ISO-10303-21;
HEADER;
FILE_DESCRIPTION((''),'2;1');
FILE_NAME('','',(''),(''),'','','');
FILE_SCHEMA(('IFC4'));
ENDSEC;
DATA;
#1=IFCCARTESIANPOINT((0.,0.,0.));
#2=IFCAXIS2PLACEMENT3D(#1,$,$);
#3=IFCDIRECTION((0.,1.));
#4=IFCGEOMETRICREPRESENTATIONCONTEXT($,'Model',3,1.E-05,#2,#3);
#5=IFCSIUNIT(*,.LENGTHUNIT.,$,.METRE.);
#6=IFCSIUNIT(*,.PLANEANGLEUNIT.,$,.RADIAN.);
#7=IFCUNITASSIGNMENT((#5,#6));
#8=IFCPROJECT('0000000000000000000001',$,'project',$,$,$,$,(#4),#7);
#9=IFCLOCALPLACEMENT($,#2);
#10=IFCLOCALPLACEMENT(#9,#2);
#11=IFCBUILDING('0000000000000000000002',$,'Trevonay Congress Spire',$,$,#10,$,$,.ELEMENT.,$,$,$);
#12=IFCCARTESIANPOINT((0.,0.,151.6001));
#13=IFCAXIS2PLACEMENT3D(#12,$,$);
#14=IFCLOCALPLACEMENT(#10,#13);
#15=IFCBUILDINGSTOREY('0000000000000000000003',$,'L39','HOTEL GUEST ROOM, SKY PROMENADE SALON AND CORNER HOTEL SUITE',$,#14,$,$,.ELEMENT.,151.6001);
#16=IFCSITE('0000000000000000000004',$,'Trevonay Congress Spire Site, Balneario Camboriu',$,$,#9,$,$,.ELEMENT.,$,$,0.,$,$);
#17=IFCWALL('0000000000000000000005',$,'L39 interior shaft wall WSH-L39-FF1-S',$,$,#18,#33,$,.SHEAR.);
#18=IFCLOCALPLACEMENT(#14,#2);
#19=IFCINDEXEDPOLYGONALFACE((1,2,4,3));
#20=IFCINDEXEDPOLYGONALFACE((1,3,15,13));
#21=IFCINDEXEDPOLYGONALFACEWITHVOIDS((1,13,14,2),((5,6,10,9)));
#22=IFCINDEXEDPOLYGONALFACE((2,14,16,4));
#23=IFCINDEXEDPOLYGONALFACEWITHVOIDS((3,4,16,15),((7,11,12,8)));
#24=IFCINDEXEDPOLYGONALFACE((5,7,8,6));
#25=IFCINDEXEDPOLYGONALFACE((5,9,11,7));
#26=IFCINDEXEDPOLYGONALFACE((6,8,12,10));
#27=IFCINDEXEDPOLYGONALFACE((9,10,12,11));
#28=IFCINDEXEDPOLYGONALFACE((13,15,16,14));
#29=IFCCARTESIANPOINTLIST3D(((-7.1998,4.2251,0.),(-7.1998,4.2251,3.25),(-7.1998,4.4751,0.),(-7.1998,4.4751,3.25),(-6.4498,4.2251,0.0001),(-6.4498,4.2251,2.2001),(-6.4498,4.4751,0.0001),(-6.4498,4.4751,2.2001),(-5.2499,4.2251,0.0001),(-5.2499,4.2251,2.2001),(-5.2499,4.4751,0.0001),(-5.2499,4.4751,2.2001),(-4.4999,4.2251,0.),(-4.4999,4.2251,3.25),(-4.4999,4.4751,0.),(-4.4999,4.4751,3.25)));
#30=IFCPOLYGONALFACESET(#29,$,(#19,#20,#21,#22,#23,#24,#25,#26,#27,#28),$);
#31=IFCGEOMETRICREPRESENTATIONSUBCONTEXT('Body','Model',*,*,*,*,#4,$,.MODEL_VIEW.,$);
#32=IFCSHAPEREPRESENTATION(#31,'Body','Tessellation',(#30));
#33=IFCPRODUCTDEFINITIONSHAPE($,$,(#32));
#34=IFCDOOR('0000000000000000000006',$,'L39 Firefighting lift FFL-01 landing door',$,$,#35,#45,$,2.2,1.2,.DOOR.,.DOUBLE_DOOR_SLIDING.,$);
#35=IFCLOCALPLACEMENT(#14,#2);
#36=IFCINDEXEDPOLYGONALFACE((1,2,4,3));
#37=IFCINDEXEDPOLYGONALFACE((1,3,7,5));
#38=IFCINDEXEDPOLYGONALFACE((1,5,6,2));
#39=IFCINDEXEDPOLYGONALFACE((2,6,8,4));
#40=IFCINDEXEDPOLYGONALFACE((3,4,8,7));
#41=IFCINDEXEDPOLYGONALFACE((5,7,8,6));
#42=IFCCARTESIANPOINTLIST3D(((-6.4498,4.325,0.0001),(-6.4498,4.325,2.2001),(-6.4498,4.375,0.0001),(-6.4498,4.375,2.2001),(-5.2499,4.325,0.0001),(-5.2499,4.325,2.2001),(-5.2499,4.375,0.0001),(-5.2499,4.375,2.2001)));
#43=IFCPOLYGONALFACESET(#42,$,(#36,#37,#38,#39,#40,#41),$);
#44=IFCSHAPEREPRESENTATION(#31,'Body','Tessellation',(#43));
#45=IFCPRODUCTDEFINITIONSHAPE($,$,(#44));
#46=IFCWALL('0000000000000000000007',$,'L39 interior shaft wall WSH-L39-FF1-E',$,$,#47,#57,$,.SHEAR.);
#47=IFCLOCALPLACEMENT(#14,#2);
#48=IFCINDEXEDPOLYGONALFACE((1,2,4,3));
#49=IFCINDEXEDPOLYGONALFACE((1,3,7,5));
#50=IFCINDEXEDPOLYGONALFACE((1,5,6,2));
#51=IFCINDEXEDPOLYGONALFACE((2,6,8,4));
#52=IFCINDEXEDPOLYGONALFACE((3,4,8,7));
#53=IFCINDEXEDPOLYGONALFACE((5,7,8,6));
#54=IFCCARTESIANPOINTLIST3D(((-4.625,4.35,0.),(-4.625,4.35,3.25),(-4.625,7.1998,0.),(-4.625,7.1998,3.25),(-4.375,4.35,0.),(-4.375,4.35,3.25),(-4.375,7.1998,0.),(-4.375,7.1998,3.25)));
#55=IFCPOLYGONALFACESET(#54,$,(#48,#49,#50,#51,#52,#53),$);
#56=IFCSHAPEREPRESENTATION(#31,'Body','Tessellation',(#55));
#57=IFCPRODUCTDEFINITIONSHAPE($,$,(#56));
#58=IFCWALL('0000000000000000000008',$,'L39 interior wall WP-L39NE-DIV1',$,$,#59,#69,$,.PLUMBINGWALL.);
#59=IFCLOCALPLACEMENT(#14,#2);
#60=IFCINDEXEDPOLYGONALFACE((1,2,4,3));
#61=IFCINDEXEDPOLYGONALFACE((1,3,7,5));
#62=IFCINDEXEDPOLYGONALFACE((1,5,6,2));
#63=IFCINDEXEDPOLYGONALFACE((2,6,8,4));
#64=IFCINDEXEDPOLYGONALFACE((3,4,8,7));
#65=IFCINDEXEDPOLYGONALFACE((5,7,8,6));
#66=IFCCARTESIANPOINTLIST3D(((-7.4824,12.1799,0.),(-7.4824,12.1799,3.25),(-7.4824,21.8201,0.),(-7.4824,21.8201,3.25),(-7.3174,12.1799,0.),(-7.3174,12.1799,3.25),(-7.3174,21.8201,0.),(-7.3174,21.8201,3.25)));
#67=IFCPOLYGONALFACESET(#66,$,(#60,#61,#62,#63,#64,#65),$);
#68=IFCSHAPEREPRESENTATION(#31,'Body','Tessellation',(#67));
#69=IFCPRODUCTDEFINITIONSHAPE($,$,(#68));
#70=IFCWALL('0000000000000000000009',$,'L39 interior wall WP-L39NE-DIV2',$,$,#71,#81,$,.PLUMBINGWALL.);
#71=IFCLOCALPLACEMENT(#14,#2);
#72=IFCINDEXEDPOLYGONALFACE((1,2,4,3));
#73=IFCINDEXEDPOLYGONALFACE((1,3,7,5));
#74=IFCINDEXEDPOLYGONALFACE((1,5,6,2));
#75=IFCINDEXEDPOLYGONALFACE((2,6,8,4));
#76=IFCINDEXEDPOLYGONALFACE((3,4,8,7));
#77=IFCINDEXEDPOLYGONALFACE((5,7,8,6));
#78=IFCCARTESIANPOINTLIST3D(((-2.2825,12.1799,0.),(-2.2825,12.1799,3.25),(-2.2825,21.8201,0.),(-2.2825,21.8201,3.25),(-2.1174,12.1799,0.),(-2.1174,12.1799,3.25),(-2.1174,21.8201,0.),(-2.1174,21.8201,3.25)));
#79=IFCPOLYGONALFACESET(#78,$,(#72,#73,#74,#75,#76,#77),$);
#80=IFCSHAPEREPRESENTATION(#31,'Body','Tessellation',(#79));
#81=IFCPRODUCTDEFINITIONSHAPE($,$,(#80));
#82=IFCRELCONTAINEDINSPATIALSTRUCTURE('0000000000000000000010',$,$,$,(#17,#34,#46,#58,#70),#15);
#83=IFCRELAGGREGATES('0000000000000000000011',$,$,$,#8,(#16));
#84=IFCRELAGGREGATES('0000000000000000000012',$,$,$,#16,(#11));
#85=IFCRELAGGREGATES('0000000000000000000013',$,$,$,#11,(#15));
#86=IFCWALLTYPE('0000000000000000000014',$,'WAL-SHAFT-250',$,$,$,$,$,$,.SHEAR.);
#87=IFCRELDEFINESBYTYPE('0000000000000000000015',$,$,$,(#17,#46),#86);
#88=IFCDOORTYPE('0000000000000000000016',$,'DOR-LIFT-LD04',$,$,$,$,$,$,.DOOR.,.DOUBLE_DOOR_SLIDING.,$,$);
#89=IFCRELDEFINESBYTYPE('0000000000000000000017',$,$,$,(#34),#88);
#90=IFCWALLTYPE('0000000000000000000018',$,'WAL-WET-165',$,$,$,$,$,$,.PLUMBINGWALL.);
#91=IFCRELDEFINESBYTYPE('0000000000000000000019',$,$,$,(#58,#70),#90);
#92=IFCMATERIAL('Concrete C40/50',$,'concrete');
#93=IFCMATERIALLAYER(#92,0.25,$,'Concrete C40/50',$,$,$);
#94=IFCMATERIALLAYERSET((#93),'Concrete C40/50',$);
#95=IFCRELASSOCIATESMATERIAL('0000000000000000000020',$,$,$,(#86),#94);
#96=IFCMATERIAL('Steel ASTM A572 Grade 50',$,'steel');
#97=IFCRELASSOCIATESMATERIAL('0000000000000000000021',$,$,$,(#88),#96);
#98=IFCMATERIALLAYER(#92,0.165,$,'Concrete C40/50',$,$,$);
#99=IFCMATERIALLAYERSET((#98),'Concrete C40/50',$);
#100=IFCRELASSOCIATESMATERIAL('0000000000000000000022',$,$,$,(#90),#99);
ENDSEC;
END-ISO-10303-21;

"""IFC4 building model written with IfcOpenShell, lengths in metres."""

from ifc_helpers import new_model, si_unit, direction, frame, frame_2d, origin, place, context, subcontext, project, spatial, rectangle, extrude, material, layer, layer_set, type_object, element, fill, save


model = new_model("IFC4")

# Units and contexts
model_context = context("Model", 3, precision=1e-05, world=origin(), true_north=direction((0.0, 1.0)))
body_context = subcontext(model_context, "Body", "Model", "MODEL_VIEW")
ifc_project = project(units=[si_unit("LENGTHUNIT", "METRE"), si_unit("PLANEANGLEUNIT", "RADIAN")], contexts=[model_context])

# Site, building, storey
site_placement = place(None, origin())
site = spatial("IfcSite", under=ifc_project, at=site_placement, Name="Trevonay Congress Spire Site, Balneario Camboriu", CompositionType="ELEMENT", RefElevation=0.0)
building_placement = place(site_placement, origin())
building = spatial("IfcBuilding", under=site, at=building_placement, Name="Trevonay Congress Spire", CompositionType="ELEMENT")
storey_placement = place(building_placement, frame((0.0, 0.0, 151.6001)))
storey = spatial("IfcBuildingStorey", under=building, at=storey_placement, Name="L39", Description="HOTEL GUEST ROOM, SKY PROMENADE SALON AND CORNER HOTEL SUITE", CompositionType="ELEMENT", Elevation=151.6001)

# Shared definitions
ifc_material_1 = material(Name="Steel ASTM A572 Grade 50", Category="steel")

# Shared definitions
ifc_material_2 = material(Name="Concrete C40/50", Category="concrete")

# Shared definitions
ifc_layer_1 = layer(ifc_material_2, 0.25, Name="Concrete C40/50")
ifc_layer_set_1 = layer_set([ifc_layer_1], Name="Concrete C40/50")
wall_type_1 = type_object("IfcWallType", Name="WAL-SHAFT-250", PredefinedType="SHEAR", material=ifc_layer_set_1)

# Wall, opening, door
wall_1_placement = place(storey_placement, frame((-7.2, 4.3501, 0.0), z_axis=(0.0, 0.0, 1.0), x_axis=(1.0, 0.0, 0.0)))
wall_1 = element("IfcWall", 1, at=wall_1_placement, inside=storey, type_object=wall_type_1, Name="L39 interior shaft wall WSH-L39-FF1-S", PredefinedType="SHEAR", context=body_context, shape_type="SweptSolid", body=[
    extrude(rectangle(XDim=2.7, YDim=0.25, at=frame_2d((1.3501, 0.0))), origin(), (0.0, 0.0, 1.0), 3.25),
])
opening_1_placement = place(wall_1_placement, frame((0.75, 0.0, 0.0)))
opening_1 = element("IfcOpeningElement", 2, at=opening_1_placement, cuts=wall_1, PredefinedType="OPENING", context=body_context, shape_type="SweptSolid", body=[
    extrude(rectangle(XDim=1.2, YDim=2.2, at=frame_2d((0.6001, 1.1001))), frame((0.0, 0.135, 0.0), z_axis=(0.0, -1.0, 0.0), x_axis=(1.0, 0.0, 0.0)), (0.0, 0.0, 1.0), 0.27),
])
door_type_1 = type_object("IfcDoorType", Name="DOR-LIFT-LD04", OperationType="DOUBLE_DOOR_SLIDING", PredefinedType="DOOR", material=ifc_material_1)
door_1_placement = place(opening_1_placement, origin())
door_1 = element("IfcDoor", 3, at=door_1_placement, inside=storey, type_object=door_type_1, Name="L39 Firefighting lift FFL-01 landing door", OperationType="DOUBLE_DOOR_SLIDING", OverallHeight=2.2, OverallWidth=1.2, PredefinedType="DOOR", context=body_context, shape_type="SweptSolid", body=[
    extrude(rectangle(XDim=1.2, YDim=2.2, at=frame_2d((0.6001, 1.1001))), frame((0.0, 0.0249, 0.0), z_axis=(0.0, -1.0, 0.0), x_axis=(1.0, 0.0, 0.0)), (0.0, 0.0, 1.0), 0.05),
])
fill(opening_1, door_1)

# Walls
wall_2_placement = place(storey_placement, frame((-4.5, 4.3501, 0.0), z_axis=(0.0, 0.0, 1.0), x_axis=(0.0, 1.0, 0.0)))
element("IfcWall", 4, at=wall_2_placement, inside=storey, type_object=wall_type_1, Name="L39 interior shaft wall WSH-L39-FF1-E", PredefinedType="SHEAR", context=body_context, shape_type="SweptSolid", body=[
    extrude(rectangle(XDim=2.8499, YDim=0.25, at=frame_2d((1.4248, 0.0))), origin(), (0.0, 0.0, 1.0), 3.25),
])
ifc_layer_2 = layer(ifc_material_2, 0.165, Name="Concrete C40/50")
ifc_layer_set_2 = layer_set([ifc_layer_2], Name="Concrete C40/50")
wall_type_2 = type_object("IfcWallType", Name="WAL-WET-165", PredefinedType="PLUMBINGWALL", material=ifc_layer_set_2)
for number, where, z_axis, x_axis, name in (
    (5, (-7.3999, 12.1799, 0.0), (0.0, 0.0, 1.0), (0.0, 1.0, 0.0), "L39 interior wall WP-L39NE-DIV1"),
    (6, (-2.2, 12.1799, 0.0), (0.0, 0.0, 1.0), (0.0, 1.0, 0.0), "L39 interior wall WP-L39NE-DIV2"),
):
    element("IfcWall", number, at=place(storey_placement, frame(where, z_axis=z_axis, x_axis=x_axis)), inside=storey, type_object=wall_type_2, Name=name, PredefinedType="PLUMBINGWALL", context=body_context, shape_type="SweptSolid", body=[
        extrude(rectangle(XDim=9.6401, YDim=0.165, at=frame_2d((4.8201, 0.0))), origin(), (0.0, 0.0, 1.0), 3.25),
    ])

save(model, "model.ifc")
